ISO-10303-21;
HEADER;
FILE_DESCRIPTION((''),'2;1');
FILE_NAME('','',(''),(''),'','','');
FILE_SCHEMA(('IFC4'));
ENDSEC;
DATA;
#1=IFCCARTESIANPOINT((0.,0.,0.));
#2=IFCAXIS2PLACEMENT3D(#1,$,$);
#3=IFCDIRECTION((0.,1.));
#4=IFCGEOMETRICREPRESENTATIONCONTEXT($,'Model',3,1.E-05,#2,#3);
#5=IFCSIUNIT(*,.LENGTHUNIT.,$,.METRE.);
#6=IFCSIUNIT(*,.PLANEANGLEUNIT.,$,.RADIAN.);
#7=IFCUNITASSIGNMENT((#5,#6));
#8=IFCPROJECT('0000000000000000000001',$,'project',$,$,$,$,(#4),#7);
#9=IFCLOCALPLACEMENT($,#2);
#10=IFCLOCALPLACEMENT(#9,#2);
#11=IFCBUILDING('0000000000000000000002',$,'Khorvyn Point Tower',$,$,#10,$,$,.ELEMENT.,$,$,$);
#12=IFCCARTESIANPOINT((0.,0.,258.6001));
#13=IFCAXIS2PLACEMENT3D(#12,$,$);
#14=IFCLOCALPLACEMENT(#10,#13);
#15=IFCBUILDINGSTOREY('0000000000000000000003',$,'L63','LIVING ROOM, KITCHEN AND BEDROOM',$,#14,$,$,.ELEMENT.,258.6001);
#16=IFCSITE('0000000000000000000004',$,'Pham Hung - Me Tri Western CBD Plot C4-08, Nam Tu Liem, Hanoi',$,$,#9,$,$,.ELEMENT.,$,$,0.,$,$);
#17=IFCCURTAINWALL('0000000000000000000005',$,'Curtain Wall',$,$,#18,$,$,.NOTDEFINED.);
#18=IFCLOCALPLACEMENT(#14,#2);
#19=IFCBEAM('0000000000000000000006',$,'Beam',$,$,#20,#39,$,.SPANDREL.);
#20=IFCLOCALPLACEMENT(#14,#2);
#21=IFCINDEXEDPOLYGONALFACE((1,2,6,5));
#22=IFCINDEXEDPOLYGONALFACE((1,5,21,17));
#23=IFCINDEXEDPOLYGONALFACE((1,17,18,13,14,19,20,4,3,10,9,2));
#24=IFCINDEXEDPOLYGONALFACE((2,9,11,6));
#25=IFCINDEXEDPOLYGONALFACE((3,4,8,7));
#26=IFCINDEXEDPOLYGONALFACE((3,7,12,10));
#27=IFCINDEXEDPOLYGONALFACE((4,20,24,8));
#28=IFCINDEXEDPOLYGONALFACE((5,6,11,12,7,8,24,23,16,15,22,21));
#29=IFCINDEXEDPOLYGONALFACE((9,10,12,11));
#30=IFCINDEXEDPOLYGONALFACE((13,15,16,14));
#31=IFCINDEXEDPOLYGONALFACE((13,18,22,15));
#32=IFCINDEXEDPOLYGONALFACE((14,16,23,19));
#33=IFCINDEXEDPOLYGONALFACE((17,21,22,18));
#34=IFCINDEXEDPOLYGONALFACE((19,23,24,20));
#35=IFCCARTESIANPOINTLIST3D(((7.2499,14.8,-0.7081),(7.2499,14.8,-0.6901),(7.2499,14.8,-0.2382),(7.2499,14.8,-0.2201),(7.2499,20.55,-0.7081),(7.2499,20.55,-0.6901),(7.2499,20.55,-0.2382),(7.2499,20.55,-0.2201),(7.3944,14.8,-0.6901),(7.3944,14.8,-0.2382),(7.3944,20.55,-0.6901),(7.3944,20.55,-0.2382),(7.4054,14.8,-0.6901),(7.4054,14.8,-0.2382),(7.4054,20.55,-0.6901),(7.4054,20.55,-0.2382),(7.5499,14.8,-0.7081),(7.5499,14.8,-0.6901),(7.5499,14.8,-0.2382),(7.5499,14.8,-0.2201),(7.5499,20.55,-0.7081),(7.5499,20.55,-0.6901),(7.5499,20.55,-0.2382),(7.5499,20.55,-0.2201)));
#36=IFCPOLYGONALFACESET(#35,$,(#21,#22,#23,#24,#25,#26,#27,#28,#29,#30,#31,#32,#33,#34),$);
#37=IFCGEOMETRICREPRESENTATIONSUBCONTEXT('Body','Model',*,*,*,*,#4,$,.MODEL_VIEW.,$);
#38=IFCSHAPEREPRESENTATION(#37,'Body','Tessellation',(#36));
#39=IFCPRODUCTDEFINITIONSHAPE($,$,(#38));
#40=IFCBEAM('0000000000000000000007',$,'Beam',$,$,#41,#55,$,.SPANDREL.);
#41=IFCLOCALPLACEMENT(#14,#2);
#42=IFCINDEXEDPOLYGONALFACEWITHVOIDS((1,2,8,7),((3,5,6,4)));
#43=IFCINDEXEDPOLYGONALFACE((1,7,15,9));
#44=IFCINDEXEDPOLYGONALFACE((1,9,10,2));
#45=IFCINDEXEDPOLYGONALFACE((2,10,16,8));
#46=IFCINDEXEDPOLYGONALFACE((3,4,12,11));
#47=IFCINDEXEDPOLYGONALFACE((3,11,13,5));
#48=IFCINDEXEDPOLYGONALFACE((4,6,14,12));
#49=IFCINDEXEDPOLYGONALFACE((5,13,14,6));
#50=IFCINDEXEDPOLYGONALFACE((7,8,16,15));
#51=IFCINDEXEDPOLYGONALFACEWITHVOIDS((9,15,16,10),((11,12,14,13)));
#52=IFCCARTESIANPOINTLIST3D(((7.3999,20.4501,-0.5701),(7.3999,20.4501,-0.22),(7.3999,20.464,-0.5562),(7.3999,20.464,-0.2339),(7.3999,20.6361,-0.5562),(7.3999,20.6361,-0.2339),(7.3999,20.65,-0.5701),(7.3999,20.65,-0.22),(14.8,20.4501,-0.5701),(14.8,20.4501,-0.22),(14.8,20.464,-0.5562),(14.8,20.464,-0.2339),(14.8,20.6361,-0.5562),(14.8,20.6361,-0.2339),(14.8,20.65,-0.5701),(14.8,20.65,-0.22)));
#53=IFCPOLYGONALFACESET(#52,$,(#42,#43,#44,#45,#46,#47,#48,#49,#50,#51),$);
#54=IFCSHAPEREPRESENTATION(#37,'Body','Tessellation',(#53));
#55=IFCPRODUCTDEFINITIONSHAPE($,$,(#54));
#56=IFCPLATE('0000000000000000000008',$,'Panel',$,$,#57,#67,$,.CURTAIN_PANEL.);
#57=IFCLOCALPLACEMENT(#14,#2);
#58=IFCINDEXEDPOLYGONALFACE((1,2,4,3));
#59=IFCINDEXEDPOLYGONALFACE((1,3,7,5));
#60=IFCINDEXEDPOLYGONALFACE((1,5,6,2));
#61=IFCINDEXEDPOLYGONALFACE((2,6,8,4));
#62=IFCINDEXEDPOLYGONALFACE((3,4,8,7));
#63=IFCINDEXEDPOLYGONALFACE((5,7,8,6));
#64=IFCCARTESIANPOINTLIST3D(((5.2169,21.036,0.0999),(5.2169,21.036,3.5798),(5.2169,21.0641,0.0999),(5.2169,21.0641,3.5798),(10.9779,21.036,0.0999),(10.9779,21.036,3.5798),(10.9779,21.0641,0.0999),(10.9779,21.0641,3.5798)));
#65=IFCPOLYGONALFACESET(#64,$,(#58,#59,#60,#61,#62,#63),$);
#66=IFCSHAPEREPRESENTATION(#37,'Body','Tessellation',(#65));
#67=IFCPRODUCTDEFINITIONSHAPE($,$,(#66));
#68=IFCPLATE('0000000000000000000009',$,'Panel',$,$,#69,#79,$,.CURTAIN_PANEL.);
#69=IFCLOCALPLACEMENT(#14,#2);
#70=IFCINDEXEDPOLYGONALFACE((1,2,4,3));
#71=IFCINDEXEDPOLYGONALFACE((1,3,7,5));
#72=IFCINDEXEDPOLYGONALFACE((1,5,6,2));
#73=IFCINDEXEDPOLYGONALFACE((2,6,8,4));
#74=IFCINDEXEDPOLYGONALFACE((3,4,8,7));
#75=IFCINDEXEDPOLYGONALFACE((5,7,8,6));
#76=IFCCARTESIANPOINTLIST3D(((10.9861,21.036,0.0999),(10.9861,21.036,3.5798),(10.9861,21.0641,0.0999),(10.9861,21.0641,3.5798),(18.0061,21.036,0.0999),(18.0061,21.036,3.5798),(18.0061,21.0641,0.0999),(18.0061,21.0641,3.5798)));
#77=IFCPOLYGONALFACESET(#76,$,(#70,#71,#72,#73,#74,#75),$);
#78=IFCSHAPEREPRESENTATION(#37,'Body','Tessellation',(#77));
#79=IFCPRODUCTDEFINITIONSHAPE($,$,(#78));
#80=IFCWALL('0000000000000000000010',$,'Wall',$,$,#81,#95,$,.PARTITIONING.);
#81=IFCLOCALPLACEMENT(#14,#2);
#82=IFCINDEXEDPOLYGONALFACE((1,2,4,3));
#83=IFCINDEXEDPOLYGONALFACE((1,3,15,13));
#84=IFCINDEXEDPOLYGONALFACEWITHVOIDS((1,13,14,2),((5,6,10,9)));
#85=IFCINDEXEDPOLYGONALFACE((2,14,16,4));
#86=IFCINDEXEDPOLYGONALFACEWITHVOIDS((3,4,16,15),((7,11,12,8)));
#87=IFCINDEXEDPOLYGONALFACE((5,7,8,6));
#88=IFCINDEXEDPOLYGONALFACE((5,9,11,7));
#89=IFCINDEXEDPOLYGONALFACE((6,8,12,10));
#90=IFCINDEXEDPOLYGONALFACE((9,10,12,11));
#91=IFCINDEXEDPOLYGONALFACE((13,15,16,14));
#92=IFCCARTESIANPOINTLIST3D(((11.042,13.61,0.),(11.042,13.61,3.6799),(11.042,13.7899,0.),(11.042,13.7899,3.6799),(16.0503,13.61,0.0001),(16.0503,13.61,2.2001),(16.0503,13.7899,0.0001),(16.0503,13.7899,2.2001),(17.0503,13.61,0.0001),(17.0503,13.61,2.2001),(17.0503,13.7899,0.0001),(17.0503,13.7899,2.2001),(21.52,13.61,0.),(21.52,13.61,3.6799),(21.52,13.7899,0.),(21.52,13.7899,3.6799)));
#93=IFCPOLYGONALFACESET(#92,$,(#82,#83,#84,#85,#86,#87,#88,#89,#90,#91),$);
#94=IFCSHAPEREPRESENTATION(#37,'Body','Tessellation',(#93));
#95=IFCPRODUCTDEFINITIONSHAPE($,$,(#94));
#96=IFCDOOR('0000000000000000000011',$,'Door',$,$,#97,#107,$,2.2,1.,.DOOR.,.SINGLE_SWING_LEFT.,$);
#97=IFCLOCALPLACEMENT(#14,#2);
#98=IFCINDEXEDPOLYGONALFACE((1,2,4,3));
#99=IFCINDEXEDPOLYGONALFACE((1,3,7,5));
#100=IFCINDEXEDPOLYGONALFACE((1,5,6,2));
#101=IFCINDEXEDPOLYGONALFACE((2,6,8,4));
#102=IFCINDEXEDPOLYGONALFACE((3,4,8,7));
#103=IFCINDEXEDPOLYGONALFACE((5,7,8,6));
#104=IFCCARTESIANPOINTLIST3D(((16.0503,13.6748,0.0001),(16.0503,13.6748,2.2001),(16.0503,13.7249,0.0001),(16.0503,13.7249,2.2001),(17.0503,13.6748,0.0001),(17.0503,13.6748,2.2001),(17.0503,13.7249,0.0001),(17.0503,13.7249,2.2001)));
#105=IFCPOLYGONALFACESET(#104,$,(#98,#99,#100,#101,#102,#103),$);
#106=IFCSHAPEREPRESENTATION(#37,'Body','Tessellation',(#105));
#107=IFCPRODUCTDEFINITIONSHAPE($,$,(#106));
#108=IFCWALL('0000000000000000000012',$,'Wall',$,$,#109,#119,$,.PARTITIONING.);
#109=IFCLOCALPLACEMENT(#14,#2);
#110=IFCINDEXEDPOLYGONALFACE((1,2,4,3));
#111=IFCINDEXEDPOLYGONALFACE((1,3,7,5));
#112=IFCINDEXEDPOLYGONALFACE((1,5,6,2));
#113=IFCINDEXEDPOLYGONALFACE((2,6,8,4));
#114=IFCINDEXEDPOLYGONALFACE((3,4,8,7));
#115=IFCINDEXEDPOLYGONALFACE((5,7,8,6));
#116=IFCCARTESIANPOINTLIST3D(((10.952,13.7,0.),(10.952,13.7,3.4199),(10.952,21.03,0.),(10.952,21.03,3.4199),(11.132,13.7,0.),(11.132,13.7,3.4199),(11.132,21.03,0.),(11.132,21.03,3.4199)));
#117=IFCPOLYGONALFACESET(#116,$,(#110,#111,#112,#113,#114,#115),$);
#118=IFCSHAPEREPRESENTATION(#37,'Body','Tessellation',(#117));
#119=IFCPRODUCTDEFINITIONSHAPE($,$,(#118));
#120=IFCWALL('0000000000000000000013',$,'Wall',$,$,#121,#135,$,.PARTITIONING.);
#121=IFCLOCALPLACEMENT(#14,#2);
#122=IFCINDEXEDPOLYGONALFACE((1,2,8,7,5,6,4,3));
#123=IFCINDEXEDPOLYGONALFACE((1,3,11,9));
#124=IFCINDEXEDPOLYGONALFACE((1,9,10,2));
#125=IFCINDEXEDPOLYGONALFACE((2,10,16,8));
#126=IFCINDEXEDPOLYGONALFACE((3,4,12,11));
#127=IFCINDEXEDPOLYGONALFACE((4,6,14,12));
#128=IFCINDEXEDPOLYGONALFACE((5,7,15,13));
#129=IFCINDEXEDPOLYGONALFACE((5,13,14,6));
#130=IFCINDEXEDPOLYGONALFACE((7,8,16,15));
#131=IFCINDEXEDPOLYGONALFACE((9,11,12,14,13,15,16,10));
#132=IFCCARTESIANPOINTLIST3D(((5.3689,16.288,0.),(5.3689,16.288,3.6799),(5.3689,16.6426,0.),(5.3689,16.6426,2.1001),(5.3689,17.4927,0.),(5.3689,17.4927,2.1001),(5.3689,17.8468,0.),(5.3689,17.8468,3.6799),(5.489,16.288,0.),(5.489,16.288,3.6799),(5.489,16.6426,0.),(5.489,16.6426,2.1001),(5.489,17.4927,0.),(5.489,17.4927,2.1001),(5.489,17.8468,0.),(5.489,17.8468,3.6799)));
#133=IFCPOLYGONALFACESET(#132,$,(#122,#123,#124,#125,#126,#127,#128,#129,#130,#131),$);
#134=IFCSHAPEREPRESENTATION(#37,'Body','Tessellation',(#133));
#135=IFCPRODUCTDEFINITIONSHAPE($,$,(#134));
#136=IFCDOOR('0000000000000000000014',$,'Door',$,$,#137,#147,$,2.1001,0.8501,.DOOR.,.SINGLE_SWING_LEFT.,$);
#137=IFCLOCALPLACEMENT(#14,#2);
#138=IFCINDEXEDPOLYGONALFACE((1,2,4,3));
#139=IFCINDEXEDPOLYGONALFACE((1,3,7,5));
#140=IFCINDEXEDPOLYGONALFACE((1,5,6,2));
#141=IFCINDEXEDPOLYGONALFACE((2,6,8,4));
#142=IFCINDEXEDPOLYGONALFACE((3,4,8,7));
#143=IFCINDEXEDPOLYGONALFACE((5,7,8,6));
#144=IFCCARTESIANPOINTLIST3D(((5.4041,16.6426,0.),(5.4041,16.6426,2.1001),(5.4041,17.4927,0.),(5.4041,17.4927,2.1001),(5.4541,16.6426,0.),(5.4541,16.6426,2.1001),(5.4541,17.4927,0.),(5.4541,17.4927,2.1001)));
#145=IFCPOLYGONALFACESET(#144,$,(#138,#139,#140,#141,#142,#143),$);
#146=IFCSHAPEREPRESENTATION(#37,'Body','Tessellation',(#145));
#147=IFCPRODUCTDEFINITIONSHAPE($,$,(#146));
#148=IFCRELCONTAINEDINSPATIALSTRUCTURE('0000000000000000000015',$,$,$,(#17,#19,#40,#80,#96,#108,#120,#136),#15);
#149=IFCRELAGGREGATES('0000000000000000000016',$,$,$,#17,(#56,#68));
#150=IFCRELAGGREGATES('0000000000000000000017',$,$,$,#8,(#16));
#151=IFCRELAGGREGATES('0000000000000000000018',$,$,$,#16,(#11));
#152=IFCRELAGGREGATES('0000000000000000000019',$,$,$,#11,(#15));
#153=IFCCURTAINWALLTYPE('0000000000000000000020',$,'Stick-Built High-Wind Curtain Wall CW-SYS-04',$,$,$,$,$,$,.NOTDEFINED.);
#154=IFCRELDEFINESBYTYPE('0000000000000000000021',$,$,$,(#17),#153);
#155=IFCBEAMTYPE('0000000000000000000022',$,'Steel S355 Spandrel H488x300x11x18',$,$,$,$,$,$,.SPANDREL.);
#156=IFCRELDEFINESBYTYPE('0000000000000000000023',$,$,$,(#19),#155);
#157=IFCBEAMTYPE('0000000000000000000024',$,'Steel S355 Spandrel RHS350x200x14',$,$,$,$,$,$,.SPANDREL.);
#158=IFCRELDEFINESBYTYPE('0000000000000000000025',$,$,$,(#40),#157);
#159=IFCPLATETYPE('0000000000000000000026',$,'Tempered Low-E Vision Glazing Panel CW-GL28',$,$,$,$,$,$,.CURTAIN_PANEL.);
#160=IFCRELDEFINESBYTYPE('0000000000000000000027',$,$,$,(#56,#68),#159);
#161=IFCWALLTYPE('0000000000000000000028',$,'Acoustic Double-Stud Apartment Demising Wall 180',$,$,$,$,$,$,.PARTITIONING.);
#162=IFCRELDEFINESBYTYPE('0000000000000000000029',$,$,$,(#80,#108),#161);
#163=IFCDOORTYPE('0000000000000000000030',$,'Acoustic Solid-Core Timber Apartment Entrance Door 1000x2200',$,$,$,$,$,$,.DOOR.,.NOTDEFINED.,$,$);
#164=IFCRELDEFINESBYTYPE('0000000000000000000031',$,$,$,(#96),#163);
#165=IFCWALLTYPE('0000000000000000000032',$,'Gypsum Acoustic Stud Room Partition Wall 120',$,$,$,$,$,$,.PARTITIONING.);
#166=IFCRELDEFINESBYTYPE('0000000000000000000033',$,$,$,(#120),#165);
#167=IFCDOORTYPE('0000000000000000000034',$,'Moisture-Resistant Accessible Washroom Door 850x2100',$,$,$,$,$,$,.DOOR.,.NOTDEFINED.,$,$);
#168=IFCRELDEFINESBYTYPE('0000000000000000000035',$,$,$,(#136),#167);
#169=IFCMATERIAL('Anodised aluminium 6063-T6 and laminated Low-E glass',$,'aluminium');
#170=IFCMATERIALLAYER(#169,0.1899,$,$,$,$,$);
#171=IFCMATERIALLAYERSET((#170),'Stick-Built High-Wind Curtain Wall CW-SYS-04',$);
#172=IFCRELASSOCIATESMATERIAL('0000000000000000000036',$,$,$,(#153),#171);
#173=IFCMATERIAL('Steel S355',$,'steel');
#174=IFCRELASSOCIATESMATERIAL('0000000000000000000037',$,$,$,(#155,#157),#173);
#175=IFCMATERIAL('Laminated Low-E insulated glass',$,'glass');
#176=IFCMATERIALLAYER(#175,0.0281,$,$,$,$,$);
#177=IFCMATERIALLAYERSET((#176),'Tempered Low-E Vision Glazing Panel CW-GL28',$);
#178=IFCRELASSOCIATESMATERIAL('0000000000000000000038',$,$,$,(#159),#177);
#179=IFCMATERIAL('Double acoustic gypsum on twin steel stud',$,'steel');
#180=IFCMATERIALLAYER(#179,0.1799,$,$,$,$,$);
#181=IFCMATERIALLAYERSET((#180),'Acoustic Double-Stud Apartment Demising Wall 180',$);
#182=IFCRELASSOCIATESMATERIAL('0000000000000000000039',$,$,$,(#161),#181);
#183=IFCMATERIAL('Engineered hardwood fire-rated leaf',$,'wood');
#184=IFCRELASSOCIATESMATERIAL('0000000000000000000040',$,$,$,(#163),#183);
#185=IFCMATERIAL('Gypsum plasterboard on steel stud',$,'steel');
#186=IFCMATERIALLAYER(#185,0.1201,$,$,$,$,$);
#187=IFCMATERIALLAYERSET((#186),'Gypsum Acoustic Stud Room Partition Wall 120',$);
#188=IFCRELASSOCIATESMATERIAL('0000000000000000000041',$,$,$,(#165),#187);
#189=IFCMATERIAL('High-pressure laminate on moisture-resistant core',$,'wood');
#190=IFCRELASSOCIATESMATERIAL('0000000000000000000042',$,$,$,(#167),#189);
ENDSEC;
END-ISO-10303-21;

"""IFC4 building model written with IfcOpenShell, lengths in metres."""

from ifc_helpers import new_model, si_unit, direction, frame, frame_2d, origin, origin_2d, place, context, subcontext, project, spatial, rectangle, hollow_rectangle, i_section, extrude, material, layer, layer_set, material_profile, profile_set, type_object, element, fill, aggregate, save


model = new_model("IFC4")

# Units and contexts
model_context = context("Model", 3, precision=1e-05, world=origin(), true_north=direction((0.0, 1.0)))
body_context = subcontext(model_context, "Body", "Model", "MODEL_VIEW")
ifc_project = project(units=[si_unit("LENGTHUNIT", "METRE"), si_unit("PLANEANGLEUNIT", "RADIAN")], contexts=[model_context])

# Site, building, storey
site_placement = place(None, origin())
site = spatial("IfcSite", under=ifc_project, at=site_placement, Name="Pham Hung - Me Tri Western CBD Plot C4-08, Nam Tu Liem, Hanoi", CompositionType="ELEMENT", RefElevation=0.0)
building_placement = place(site_placement, origin())
building = spatial("IfcBuilding", under=site, at=building_placement, Name="Khorvyn Point Tower", CompositionType="ELEMENT")
storey_placement = place(building_placement, frame((0.0, 0.0, 258.6001)))
storey = spatial("IfcBuildingStorey", under=building, at=storey_placement, Name="L63", Description="LIVING ROOM, KITCHEN AND BEDROOM", CompositionType="ELEMENT", Elevation=258.6001)

# Shared definitions
ifc_material_1 = material(Name="Steel S355", Category="steel")

# Curtain wall
ifc_material_2 = material(Name="Anodised aluminium 6063-T6 and laminated Low-E glass", Category="aluminium")
ifc_layer_1 = layer(ifc_material_2, 0.1899)
ifc_layer_set_1 = layer_set([ifc_layer_1], Name="Stick-Built High-Wind Curtain Wall CW-SYS-04")
curtain_wall_type = type_object("IfcCurtainWallType", Name="Stick-Built High-Wind Curtain Wall CW-SYS-04", PredefinedType="NOTDEFINED", material=ifc_layer_set_1)
curtain_wall_placement = place(storey_placement, origin())
curtain_wall = element("IfcCurtainWall", 1, at=curtain_wall_placement, inside=storey, type_object=curtain_wall_type, Name="Curtain Wall", PredefinedType="NOTDEFINED")

# Beams
ifc_material_profile_1 = material_profile(ifc_material_1, i_section(OverallWidth=0.3, OverallDepth=0.488, WebThickness=0.011, FlangeThickness=0.0181, at=origin_2d()))
ifc_profile_set_1 = profile_set([ifc_material_profile_1], Name="Steel S355 H488x300x11x18")
beam_type_1 = type_object("IfcBeamType", Name="Steel S355 Spandrel H488x300x11x18", PredefinedType="SPANDREL", material=ifc_profile_set_1)
for number, where, z_axis, x_axis, name in (
    (2, (7.3999, 14.8, -0.4641), (0.0, 1.0, 0.0), (-1.0, 0.0, 0.0), "Beam"),
):
    element("IfcBeam", number, at=place(storey_placement, frame(where, z_axis=z_axis, x_axis=x_axis)), inside=storey, type_object=beam_type_1, Name=name, PredefinedType="SPANDREL", context=body_context, shape_type="SweptSolid", body=[
        extrude(i_section(OverallWidth=0.3, OverallDepth=0.488, WebThickness=0.011, FlangeThickness=0.0181, at=origin_2d()), origin(), (0.0, 0.0, 1.0), 5.75),
    ])
ifc_material_profile_2 = material_profile(ifc_material_1, hollow_rectangle(XDim=0.2, YDim=0.3501, WallThickness=0.0139, at=origin_2d()))
ifc_profile_set_2 = profile_set([ifc_material_profile_2], Name="Steel S355 RHS350x200x14")
beam_type_2 = type_object("IfcBeamType", Name="Steel S355 Spandrel RHS350x200x14", PredefinedType="SPANDREL", material=ifc_profile_set_2)
beam_1_placement = place(storey_placement, frame((7.3999, 20.55, -0.395), z_axis=(1.0, 0.0, 0.0), x_axis=(0.0, 1.0, 0.0)))
element("IfcBeam", 3, at=beam_1_placement, inside=storey, type_object=beam_type_2, Name="Beam", PredefinedType="SPANDREL", context=body_context, shape_type="SweptSolid", body=[
    extrude(hollow_rectangle(XDim=0.2, YDim=0.3501, WallThickness=0.0139, at=origin_2d()), origin(), (0.0, 0.0, 1.0), 7.4001),
])

# Plates
ifc_material_3 = material(Name="Laminated Low-E insulated glass", Category="glass")
ifc_layer_2 = layer(ifc_material_3, 0.0281)
ifc_layer_set_2 = layer_set([ifc_layer_2], Name="Tempered Low-E Vision Glazing Panel CW-GL28")
plate_type = type_object("IfcPlateType", Name="Tempered Low-E Vision Glazing Panel CW-GL28", PredefinedType="CURTAIN_PANEL", material=ifc_layer_set_2)
plate_1_placement = place(storey_placement, frame((8.0974, 21.05, 0.0999), z_axis=(0.0, 0.0, 1.0), x_axis=(1.0, 0.0, 0.0)))
plate_1 = element("IfcPlate", 4, at=plate_1_placement, type_object=plate_type, Name="Panel", PredefinedType="CURTAIN_PANEL", context=body_context, shape_type="SweptSolid", body=[
    extrude(rectangle(XDim=5.761, YDim=0.0281, at=origin_2d()), origin(), (0.0, 0.0, 1.0), 3.48),
])
plate_2_placement = place(storey_placement, frame((14.4961, 21.05, 0.0999), z_axis=(0.0, 0.0, 1.0), x_axis=(1.0, 0.0, 0.0)))
plate_2 = element("IfcPlate", 5, at=plate_2_placement, type_object=plate_type, Name="Panel", PredefinedType="CURTAIN_PANEL", context=body_context, shape_type="SweptSolid", body=[
    extrude(rectangle(XDim=7.02, YDim=0.0281, at=origin_2d()), origin(), (0.0, 0.0, 1.0), 3.48),
])
aggregate(curtain_wall, [plate_1, plate_2])

# Wall, opening, door
ifc_material_4 = material(Name="Double acoustic gypsum on twin steel stud", Category="steel")
ifc_layer_3 = layer(ifc_material_4, 0.1799)
ifc_layer_set_3 = layer_set([ifc_layer_3], Name="Acoustic Double-Stud Apartment Demising Wall 180")
wall_type_1 = type_object("IfcWallType", Name="Acoustic Double-Stud Apartment Demising Wall 180", PredefinedType="PARTITIONING", material=ifc_layer_set_3)
wall_1_placement = place(storey_placement, frame((11.042, 13.7, 0.0), z_axis=(0.0, 0.0, 1.0), x_axis=(1.0, 0.0, 0.0)))
wall_1 = element("IfcWall", 6, at=wall_1_placement, inside=storey, type_object=wall_type_1, Name="Wall", PredefinedType="PARTITIONING", context=body_context, shape_type="SweptSolid", body=[
    extrude(rectangle(XDim=10.478, YDim=0.1799, at=frame_2d((5.239, 0.0))), origin(), (0.0, 0.0, 1.0), 3.6799),
])
opening_1_placement = place(wall_1_placement, frame((5.0083, 0.0, 0.0)))
opening_1 = element("IfcOpeningElement", 7, at=opening_1_placement, cuts=wall_1, PredefinedType="OPENING", context=body_context, shape_type="SweptSolid", body=[
    extrude(rectangle(XDim=1.0, YDim=2.2, at=frame_2d((0.5, 1.1001))), frame((0.0, 0.0999, 0.0), z_axis=(0.0, -1.0, 0.0), x_axis=(1.0, 0.0, 0.0)), (0.0, 0.0, 1.0), 0.2),
])
ifc_material_5 = material(Name="Engineered hardwood fire-rated leaf", Category="wood")
door_type_1 = type_object("IfcDoorType", Name="Acoustic Solid-Core Timber Apartment Entrance Door 1000x2200", OperationType="NOTDEFINED", PredefinedType="DOOR", material=ifc_material_5)
door_1_placement = place(opening_1_placement, origin())
door_1 = element("IfcDoor", 8, at=door_1_placement, inside=storey, type_object=door_type_1, Name="Door", OperationType="SINGLE_SWING_LEFT", OverallHeight=2.2, OverallWidth=1.0, PredefinedType="DOOR", context=body_context, shape_type="SweptSolid", body=[
    extrude(rectangle(XDim=1.0, YDim=2.2, at=frame_2d((0.5, 1.1001))), frame((0.0, 0.0249, 0.0), z_axis=(0.0, -1.0, 0.0), x_axis=(1.0, 0.0, 0.0)), (0.0, 0.0, 1.0), 0.05),
])
fill(opening_1, door_1)

# Wall
wall_2_placement = place(storey_placement, frame((11.042, 13.7, 0.0), z_axis=(0.0, 0.0, 1.0), x_axis=(0.0, 1.0, 0.0)))
element("IfcWall", 9, at=wall_2_placement, inside=storey, type_object=wall_type_1, Name="Wall", PredefinedType="PARTITIONING", context=body_context, shape_type="SweptSolid", body=[
    extrude(rectangle(XDim=7.3301, YDim=0.1799, at=frame_2d((3.665, 0.0))), origin(), (0.0, 0.0, 1.0), 3.4199),
])

# Wall, opening, door
ifc_material_6 = material(Name="Gypsum plasterboard on steel stud", Category="steel")
ifc_layer_4 = layer(ifc_material_6, 0.1201)
ifc_layer_set_4 = layer_set([ifc_layer_4], Name="Gypsum Acoustic Stud Room Partition Wall 120")
wall_type_2 = type_object("IfcWallType", Name="Gypsum Acoustic Stud Room Partition Wall 120", PredefinedType="PARTITIONING", material=ifc_layer_set_4)
wall_3_placement = place(storey_placement, frame((5.429, 16.2881, 0.0), z_axis=(0.0, 0.0, 1.0), x_axis=(0.0, 1.0, 0.0)))
wall_3 = element("IfcWall", 10, at=wall_3_placement, inside=storey, type_object=wall_type_2, Name="Wall", PredefinedType="PARTITIONING", context=body_context, shape_type="SweptSolid", body=[
    extrude(rectangle(XDim=1.5588, YDim=0.1201, at=frame_2d((0.7793, 0.0))), origin(), (0.0, 0.0, 1.0), 3.6799),
])
opening_2_placement = place(wall_3_placement, frame((0.3545, 0.0, 0.0)))
opening_2 = element("IfcOpeningElement", 11, at=opening_2_placement, cuts=wall_3, PredefinedType="OPENING", context=body_context, shape_type="SweptSolid", body=[
    extrude(rectangle(XDim=0.8501, YDim=2.1001, at=frame_2d((0.425, 1.05))), frame((0.0, 0.0701, 0.0), z_axis=(0.0, -1.0, 0.0), x_axis=(1.0, 0.0, 0.0)), (0.0, 0.0, 1.0), 0.1401),
])
ifc_material_7 = material(Name="High-pressure laminate on moisture-resistant core", Category="wood")
door_type_2 = type_object("IfcDoorType", Name="Moisture-Resistant Accessible Washroom Door 850x2100", OperationType="NOTDEFINED", PredefinedType="DOOR", material=ifc_material_7)
door_2_placement = place(opening_2_placement, origin())
door_2 = element("IfcDoor", 12, at=door_2_placement, inside=storey, type_object=door_type_2, Name="Door", OperationType="SINGLE_SWING_LEFT", OverallHeight=2.1001, OverallWidth=0.8501, PredefinedType="DOOR", context=body_context, shape_type="SweptSolid", body=[
    extrude(rectangle(XDim=0.8501, YDim=2.1001, at=frame_2d((0.425, 1.05))), frame((0.0, 0.0249, 0.0), z_axis=(0.0, -1.0, 0.0), x_axis=(1.0, 0.0, 0.0)), (0.0, 0.0, 1.0), 0.05),
])
fill(opening_2, door_2)

save(model, "model.ifc")
